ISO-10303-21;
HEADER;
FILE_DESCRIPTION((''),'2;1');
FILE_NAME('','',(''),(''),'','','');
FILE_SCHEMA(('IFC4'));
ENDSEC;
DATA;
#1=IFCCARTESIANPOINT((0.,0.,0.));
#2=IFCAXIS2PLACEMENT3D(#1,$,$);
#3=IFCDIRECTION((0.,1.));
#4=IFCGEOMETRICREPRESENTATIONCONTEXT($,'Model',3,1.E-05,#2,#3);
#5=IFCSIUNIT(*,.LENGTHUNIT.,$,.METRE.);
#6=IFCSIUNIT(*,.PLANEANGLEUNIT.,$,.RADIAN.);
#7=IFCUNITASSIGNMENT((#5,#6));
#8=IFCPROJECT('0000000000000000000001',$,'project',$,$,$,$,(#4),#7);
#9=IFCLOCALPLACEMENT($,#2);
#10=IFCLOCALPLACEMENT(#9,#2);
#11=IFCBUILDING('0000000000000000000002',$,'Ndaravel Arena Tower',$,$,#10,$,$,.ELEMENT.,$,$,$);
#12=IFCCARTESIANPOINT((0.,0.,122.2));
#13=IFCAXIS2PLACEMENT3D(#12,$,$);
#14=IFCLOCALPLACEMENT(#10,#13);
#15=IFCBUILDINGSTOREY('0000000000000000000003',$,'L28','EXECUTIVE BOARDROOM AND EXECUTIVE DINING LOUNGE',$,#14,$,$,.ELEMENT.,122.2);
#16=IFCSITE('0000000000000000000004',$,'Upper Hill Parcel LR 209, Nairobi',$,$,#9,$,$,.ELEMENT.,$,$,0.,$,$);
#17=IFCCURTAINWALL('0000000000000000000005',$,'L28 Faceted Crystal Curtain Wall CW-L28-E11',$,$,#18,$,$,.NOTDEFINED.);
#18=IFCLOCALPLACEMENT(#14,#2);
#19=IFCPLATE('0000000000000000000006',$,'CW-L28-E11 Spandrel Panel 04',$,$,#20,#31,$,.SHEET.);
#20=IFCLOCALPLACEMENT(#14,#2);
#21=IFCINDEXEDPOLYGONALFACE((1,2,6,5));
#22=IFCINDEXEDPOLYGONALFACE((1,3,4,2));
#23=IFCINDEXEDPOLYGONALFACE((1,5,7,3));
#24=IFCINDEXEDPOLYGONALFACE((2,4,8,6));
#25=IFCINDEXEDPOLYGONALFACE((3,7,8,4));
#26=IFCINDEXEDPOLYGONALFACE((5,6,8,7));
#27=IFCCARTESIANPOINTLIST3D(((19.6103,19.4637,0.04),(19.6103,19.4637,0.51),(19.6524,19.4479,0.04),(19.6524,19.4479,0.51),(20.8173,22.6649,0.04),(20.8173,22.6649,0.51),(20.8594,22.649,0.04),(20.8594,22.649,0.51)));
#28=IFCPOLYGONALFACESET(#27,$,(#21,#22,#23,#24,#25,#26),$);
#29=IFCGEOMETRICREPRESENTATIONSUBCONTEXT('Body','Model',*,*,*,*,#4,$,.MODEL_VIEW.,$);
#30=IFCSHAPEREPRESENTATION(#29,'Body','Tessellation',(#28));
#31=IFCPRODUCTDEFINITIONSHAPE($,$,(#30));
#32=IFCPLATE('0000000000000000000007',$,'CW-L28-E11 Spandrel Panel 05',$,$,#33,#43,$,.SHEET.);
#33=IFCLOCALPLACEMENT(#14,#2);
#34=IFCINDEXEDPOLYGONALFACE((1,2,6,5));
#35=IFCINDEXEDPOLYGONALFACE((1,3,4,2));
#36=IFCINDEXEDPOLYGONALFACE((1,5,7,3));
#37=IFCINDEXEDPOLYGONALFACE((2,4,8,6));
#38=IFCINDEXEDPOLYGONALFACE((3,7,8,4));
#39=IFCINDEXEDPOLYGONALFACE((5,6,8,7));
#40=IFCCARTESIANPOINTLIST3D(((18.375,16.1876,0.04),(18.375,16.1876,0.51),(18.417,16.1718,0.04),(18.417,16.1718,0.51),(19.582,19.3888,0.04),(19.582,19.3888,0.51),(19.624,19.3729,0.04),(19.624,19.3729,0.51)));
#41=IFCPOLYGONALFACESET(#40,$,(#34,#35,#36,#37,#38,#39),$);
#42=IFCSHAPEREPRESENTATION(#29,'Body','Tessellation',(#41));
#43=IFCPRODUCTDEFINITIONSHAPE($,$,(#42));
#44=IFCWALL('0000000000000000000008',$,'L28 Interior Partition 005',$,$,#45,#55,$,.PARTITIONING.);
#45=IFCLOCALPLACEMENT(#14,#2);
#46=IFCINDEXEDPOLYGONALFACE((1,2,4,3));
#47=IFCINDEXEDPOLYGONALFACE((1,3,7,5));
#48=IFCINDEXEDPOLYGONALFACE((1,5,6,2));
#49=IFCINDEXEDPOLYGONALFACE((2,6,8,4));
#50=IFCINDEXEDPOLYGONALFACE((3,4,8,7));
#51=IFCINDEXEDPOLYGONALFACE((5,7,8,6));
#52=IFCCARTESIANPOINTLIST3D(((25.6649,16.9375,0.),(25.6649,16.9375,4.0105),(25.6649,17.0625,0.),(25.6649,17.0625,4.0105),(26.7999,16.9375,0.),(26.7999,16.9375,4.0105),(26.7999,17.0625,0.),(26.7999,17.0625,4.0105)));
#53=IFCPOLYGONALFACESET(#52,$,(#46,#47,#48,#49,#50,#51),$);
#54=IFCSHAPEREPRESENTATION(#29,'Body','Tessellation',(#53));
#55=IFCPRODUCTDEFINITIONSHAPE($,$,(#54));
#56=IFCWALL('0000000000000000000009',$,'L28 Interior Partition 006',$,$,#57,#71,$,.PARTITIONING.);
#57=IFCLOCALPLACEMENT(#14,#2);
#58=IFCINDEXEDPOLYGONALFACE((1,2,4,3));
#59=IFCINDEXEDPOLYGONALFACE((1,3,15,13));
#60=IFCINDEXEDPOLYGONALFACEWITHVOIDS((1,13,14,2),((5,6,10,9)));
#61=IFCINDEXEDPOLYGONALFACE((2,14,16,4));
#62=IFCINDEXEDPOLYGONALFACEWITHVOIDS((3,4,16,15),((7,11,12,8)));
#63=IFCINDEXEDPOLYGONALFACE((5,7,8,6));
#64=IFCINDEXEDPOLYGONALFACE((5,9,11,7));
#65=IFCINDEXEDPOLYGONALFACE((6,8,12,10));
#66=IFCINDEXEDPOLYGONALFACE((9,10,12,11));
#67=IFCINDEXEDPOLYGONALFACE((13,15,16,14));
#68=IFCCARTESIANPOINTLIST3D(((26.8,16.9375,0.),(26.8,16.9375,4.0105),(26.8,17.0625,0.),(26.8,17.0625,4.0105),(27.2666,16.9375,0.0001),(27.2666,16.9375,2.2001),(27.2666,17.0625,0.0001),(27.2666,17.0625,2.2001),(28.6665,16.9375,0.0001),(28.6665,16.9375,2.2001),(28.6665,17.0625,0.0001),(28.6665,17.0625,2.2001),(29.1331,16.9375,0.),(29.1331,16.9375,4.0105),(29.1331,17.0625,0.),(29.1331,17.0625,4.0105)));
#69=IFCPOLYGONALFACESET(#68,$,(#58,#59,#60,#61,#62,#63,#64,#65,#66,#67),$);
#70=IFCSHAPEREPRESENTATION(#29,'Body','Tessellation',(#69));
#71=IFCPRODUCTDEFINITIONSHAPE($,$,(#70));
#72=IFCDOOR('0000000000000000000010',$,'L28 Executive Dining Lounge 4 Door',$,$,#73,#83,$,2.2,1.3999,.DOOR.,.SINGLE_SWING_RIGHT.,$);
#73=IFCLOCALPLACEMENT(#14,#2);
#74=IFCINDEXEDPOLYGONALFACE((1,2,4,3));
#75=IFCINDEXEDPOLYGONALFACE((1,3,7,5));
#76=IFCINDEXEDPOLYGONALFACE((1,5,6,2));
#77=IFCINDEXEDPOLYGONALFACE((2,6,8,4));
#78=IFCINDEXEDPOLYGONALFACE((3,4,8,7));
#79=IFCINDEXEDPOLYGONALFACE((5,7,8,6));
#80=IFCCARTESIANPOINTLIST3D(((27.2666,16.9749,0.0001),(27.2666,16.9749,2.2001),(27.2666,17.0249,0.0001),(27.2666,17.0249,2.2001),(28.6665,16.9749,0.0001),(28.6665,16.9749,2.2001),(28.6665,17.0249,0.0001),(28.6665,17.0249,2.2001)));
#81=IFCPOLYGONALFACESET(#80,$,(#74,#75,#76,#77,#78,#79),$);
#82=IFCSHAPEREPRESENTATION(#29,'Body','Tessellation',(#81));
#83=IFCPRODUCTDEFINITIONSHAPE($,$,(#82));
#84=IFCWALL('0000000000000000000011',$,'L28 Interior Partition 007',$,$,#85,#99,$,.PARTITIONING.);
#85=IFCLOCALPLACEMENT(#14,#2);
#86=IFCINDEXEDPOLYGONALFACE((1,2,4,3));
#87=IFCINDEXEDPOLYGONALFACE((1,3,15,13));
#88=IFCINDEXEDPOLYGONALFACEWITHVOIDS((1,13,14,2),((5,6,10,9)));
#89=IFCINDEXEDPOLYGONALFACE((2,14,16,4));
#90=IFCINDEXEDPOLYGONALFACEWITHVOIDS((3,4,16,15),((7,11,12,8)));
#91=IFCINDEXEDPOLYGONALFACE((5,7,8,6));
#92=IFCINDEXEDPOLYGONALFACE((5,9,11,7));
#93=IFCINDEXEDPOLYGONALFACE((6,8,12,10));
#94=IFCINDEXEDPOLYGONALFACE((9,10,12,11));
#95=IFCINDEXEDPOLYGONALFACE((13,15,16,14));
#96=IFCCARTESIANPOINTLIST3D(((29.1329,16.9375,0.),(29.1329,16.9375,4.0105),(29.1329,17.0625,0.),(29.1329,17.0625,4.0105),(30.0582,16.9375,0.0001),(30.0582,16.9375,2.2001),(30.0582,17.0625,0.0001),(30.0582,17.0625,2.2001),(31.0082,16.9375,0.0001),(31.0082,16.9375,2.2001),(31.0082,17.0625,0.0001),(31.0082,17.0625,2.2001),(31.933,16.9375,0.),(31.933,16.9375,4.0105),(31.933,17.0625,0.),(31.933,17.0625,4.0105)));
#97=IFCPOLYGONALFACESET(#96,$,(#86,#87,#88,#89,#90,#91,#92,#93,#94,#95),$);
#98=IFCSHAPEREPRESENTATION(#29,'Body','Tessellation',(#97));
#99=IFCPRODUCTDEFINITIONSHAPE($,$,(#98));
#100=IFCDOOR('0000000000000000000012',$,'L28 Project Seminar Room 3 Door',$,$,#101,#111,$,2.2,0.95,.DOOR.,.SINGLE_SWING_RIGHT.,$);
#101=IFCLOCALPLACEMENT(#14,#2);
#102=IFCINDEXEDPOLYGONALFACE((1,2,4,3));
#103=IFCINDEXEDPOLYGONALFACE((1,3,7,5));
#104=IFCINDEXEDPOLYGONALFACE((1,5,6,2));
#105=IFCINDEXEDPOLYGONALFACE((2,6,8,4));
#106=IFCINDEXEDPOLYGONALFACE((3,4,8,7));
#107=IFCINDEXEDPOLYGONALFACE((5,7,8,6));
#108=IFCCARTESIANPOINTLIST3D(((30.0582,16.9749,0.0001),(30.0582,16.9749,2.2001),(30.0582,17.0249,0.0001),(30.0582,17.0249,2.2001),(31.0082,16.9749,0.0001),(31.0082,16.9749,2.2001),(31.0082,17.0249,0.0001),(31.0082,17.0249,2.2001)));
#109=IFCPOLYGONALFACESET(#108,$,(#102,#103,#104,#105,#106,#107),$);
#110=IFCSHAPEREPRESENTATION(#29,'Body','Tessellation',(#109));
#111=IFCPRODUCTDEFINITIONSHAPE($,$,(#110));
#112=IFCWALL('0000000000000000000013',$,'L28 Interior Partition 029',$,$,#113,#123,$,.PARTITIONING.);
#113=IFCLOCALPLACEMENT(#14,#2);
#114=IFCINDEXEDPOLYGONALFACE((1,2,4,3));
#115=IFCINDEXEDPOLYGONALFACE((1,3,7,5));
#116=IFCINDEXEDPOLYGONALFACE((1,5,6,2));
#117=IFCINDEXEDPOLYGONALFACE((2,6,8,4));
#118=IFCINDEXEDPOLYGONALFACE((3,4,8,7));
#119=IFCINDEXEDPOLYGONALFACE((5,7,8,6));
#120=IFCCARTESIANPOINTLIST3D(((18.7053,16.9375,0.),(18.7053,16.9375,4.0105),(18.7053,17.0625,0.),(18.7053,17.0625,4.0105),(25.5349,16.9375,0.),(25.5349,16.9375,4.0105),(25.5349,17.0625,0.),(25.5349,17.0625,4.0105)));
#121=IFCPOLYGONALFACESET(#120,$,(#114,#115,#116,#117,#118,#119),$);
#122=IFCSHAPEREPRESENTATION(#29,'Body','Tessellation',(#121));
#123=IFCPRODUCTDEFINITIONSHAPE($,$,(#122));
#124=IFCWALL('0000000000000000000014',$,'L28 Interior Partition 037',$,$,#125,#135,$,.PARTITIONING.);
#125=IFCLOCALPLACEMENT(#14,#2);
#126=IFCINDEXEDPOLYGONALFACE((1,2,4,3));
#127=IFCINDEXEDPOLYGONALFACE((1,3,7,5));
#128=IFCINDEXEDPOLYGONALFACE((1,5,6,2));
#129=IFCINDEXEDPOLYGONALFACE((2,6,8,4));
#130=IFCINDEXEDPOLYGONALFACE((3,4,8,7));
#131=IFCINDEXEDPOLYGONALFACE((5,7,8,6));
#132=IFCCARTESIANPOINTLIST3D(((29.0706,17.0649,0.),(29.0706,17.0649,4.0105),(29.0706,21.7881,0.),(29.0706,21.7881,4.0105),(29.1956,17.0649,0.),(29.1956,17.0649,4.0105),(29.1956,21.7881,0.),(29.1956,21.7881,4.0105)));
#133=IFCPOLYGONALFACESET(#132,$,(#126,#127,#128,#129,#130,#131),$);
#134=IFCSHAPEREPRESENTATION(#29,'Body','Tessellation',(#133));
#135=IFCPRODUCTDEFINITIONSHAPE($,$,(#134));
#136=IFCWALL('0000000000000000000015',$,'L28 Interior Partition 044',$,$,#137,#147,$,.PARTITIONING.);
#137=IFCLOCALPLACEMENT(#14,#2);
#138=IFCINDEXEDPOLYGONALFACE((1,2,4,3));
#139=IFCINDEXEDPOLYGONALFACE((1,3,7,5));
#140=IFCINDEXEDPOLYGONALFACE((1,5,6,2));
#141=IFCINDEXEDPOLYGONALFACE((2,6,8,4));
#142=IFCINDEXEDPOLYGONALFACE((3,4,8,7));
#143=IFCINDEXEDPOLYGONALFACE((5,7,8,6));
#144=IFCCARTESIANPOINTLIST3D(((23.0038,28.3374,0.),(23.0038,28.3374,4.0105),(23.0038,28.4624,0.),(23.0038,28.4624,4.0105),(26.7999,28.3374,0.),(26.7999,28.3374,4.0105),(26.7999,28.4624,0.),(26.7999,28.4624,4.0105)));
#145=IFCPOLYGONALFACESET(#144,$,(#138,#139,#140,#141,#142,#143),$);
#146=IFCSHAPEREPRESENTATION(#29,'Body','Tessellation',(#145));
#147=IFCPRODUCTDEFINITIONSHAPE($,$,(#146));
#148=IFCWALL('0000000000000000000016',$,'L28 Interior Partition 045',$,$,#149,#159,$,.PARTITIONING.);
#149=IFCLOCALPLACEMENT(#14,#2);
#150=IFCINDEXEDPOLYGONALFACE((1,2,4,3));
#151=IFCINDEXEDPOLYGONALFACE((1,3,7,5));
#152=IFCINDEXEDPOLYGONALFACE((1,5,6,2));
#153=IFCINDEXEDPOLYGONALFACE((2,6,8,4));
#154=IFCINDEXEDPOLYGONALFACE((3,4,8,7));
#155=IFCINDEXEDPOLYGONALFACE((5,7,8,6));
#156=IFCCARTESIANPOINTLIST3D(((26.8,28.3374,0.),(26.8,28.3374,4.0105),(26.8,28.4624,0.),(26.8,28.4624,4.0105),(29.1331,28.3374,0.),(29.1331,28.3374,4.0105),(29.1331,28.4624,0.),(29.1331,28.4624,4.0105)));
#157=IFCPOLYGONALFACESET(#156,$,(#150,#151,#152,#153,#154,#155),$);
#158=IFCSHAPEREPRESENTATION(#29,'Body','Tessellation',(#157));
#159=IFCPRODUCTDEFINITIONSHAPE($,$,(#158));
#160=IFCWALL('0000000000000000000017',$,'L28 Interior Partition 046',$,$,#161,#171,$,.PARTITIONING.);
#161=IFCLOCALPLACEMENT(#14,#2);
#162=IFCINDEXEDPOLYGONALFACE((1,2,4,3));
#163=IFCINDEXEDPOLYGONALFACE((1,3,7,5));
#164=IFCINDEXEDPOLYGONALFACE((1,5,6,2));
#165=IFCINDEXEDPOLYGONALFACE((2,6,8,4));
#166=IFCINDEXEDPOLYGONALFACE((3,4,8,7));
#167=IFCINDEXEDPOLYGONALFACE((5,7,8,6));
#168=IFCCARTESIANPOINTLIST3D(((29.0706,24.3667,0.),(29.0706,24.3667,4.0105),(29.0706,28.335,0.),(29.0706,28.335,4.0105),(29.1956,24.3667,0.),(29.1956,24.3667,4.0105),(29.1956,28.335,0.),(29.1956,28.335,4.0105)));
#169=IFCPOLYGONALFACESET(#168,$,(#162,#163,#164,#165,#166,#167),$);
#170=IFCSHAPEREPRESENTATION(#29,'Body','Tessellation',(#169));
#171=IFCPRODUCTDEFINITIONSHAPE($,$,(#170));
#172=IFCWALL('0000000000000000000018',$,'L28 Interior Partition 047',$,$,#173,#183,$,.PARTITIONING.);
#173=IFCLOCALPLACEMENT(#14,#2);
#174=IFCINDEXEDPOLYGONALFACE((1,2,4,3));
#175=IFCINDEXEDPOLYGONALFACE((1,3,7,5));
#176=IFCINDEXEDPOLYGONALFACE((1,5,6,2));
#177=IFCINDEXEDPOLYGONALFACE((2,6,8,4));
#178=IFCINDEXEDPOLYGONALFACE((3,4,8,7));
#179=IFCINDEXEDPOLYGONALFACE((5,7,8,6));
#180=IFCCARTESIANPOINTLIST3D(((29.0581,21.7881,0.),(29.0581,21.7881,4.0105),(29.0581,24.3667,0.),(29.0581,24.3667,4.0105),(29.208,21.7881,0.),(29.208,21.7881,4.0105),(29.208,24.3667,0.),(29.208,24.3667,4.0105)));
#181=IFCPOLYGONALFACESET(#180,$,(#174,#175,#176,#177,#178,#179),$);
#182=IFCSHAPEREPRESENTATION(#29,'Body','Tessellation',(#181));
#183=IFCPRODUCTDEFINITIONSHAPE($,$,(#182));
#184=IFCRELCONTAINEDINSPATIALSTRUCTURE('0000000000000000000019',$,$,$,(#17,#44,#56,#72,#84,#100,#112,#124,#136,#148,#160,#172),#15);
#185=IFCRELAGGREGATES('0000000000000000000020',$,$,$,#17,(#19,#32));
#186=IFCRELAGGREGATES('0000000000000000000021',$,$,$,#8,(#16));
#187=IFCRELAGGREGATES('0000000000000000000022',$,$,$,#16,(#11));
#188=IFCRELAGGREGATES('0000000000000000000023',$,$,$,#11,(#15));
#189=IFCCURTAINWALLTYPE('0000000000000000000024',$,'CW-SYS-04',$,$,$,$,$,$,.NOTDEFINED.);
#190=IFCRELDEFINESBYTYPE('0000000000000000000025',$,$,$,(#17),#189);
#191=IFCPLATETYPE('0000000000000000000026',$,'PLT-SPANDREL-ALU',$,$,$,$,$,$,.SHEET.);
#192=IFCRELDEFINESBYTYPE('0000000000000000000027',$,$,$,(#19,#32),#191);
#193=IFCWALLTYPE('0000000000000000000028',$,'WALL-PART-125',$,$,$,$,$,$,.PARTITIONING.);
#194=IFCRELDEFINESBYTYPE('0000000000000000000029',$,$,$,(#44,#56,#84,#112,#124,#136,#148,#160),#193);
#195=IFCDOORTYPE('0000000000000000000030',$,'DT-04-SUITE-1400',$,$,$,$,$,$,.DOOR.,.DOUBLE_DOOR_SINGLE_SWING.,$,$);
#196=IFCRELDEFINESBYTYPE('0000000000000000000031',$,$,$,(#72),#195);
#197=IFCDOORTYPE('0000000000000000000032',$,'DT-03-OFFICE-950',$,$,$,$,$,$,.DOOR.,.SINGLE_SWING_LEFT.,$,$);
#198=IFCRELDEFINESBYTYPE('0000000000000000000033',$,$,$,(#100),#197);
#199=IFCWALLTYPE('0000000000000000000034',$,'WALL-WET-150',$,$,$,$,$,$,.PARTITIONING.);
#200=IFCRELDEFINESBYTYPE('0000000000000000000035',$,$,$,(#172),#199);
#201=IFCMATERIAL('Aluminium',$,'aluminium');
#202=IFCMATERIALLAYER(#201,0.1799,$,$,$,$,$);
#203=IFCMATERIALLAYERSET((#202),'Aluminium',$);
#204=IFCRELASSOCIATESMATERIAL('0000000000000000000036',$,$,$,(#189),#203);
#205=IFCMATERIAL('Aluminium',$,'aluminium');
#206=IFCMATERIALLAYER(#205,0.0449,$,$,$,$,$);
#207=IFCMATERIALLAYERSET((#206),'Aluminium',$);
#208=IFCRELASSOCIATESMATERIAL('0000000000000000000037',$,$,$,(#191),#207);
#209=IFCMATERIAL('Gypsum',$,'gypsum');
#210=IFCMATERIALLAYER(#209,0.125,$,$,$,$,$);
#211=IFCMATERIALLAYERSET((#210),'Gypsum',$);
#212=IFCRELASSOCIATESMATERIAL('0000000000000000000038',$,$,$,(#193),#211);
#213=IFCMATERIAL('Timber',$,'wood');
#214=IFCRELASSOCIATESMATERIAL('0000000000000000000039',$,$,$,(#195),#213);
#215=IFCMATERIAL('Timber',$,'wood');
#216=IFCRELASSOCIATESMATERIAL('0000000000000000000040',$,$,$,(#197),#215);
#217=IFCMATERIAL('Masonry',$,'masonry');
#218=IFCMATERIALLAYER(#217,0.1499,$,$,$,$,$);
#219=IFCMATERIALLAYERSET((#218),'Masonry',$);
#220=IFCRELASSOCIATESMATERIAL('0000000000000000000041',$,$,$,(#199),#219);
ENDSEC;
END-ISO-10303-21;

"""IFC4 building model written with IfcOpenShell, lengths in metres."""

from ifc_helpers import new_model, si_unit, direction, frame, frame_2d, origin, origin_2d, place, context, subcontext, project, spatial, rectangle, extrude, material, layer, layer_set, type_object, element, fill, aggregate, save


model = new_model("IFC4")

# Units and contexts
model_context = context("Model", 3, precision=1e-05, world=origin(), true_north=direction((0.0, 1.0)))
body_context = subcontext(model_context, "Body", "Model", "MODEL_VIEW")
ifc_project = project(units=[si_unit("LENGTHUNIT", "METRE"), si_unit("PLANEANGLEUNIT", "RADIAN")], contexts=[model_context])

# Site, building, storey
site_placement = place(None, origin())
site = spatial("IfcSite", under=ifc_project, at=site_placement, Name="Upper Hill Parcel LR 209, Nairobi", CompositionType="ELEMENT", RefElevation=0.0)
building_placement = place(site_placement, origin())
building = spatial("IfcBuilding", under=site, at=building_placement, Name="Ndaravel Arena Tower", CompositionType="ELEMENT")
storey_placement = place(building_placement, frame((0.0, 0.0, 122.2)))
storey = spatial("IfcBuildingStorey", under=building, at=storey_placement, Name="L28", Description="EXECUTIVE BOARDROOM AND EXECUTIVE DINING LOUNGE", CompositionType="ELEMENT", Elevation=122.2)

# Curtain wall
ifc_material_1 = material(Name="Aluminium", Category="aluminium")
ifc_layer_1 = layer(ifc_material_1, 0.1799)
ifc_layer_set_1 = layer_set([ifc_layer_1], Name="Aluminium")
curtain_wall_type = type_object("IfcCurtainWallType", Name="CW-SYS-04", PredefinedType="NOTDEFINED", material=ifc_layer_set_1)
curtain_wall_1_placement = place(storey_placement, origin())
curtain_wall_1 = element("IfcCurtainWall", 1, at=curtain_wall_1_placement, inside=storey, type_object=curtain_wall_type, Name="L28 Faceted Crystal Curtain Wall CW-L28-E11", PredefinedType="NOTDEFINED")

# Plates
ifc_material_2 = material(Name="Aluminium", Category="aluminium")
ifc_layer_2 = layer(ifc_material_2, 0.0449)
ifc_layer_set_2 = layer_set([ifc_layer_2], Name="Aluminium")
plate_type_1 = type_object("IfcPlateType", Name="PLT-SPANDREL-ALU", PredefinedType="SHEET", material=ifc_layer_set_2)
plate_1_placement = place(storey_placement, frame((20.2349, 21.0564, 0.04), z_axis=(0.0, 0.0, 1.0), x_axis=(-0.352805, -0.935697, 0.0)))
plate_1 = element("IfcPlate", 2, at=plate_1_placement, type_object=plate_type_1, Name="CW-L28-E11 Spandrel Panel 04", PredefinedType="SHEET", context=body_context, shape_type="SweptSolid", body=[
    extrude(rectangle(XDim=3.4211, YDim=0.0449, at=origin_2d()), origin(), (0.0, 0.0, 1.0), 0.47),
])
plate_2_placement = place(storey_placement, frame((18.9995, 17.7803, 0.04), z_axis=(0.0, 0.0, 1.0), x_axis=(-0.352805, -0.935697, 0.0)))
plate_2 = element("IfcPlate", 3, at=plate_2_placement, type_object=plate_type_1, Name="CW-L28-E11 Spandrel Panel 05", PredefinedType="SHEET", context=body_context, shape_type="SweptSolid", body=[
    extrude(rectangle(XDim=3.4211, YDim=0.0449, at=origin_2d()), origin(), (0.0, 0.0, 1.0), 0.47),
])
aggregate(curtain_wall_1, [plate_1, plate_2])

# Wall
ifc_material_3 = material(Name="Gypsum", Category="gypsum")
ifc_layer_3 = layer(ifc_material_3, 0.125)
ifc_layer_set_3 = layer_set([ifc_layer_3], Name="Gypsum")
wall_type_1 = type_object("IfcWallType", Name="WALL-PART-125", PredefinedType="PARTITIONING", material=ifc_layer_set_3)
wall_1_placement = place(storey_placement, frame((25.665, 17.0, 0.0), z_axis=(0.0, 0.0, 1.0), x_axis=(1.0, 0.0, 0.0)))
element("IfcWall", 4, at=wall_1_placement, inside=storey, type_object=wall_type_1, Name="L28 Interior Partition 005", PredefinedType="PARTITIONING", context=body_context, shape_type="SweptSolid", body=[
    extrude(rectangle(XDim=1.135, YDim=0.125, at=frame_2d((0.5674, 0.0))), origin(), (0.0, 0.0, 1.0), 4.0105),
])

# Walls, openings, doors
wall_2_placement = place(storey_placement, frame((26.8, 17.0, 0.0), z_axis=(0.0, 0.0, 1.0), x_axis=(1.0, 0.0, 0.0)))
wall_2 = element("IfcWall", 5, at=wall_2_placement, inside=storey, type_object=wall_type_1, Name="L28 Interior Partition 006", PredefinedType="PARTITIONING", context=body_context, shape_type="SweptSolid", body=[
    extrude(rectangle(XDim=2.333, YDim=0.125, at=frame_2d((1.1665, 0.0))), origin(), (0.0, 0.0, 1.0), 4.0105),
])
opening_1_placement = place(wall_2_placement, frame((0.4666, 0.0, 0.0)))
opening_1 = element("IfcOpeningElement", 6, at=opening_1_placement, cuts=wall_2, PredefinedType="OPENING", context=body_context, shape_type="SweptSolid", body=[
    extrude(rectangle(XDim=1.3999, YDim=2.2, at=frame_2d((0.7, 1.1001))), frame((0.0, 0.0625, 0.0), z_axis=(0.0, -1.0, 0.0), x_axis=(1.0, 0.0, 0.0)), (0.0, 0.0, 1.0), 0.125),
])
ifc_material_4 = material(Name="Timber", Category="wood")
door_type_1 = type_object("IfcDoorType", Name="DT-04-SUITE-1400", OperationType="DOUBLE_DOOR_SINGLE_SWING", PredefinedType="DOOR", material=ifc_material_4)
door_1_placement = place(opening_1_placement, origin())
door_1 = element("IfcDoor", 7, at=door_1_placement, inside=storey, type_object=door_type_1, Name="L28 Executive Dining Lounge 4 Door", OperationType="SINGLE_SWING_RIGHT", OverallHeight=2.2, OverallWidth=1.3999, PredefinedType="DOOR", context=body_context, shape_type="SweptSolid", body=[
    extrude(rectangle(XDim=1.3999, YDim=2.2, at=frame_2d((0.7, 1.1001))), frame((0.0, 0.0249, 0.0), z_axis=(0.0, -1.0, 0.0), x_axis=(1.0, 0.0, 0.0)), (0.0, 0.0, 1.0), 0.05),
])
fill(opening_1, door_1)
wall_3_placement = place(storey_placement, frame((29.1331, 17.0, 0.0), z_axis=(0.0, 0.0, 1.0), x_axis=(1.0, 0.0, 0.0)))
wall_3 = element("IfcWall", 8, at=wall_3_placement, inside=storey, type_object=wall_type_1, Name="L28 Interior Partition 007", PredefinedType="PARTITIONING", context=body_context, shape_type="SweptSolid", body=[
    extrude(rectangle(XDim=2.8, YDim=0.125, at=frame_2d((1.3999, 0.0))), origin(), (0.0, 0.0, 1.0), 4.0105),
])
opening_2_placement = place(wall_3_placement, frame((0.925, 0.0, 0.0)))
opening_2 = element("IfcOpeningElement", 9, at=opening_2_placement, cuts=wall_3, PredefinedType="OPENING", context=body_context, shape_type="SweptSolid", body=[
    extrude(rectangle(XDim=0.95, YDim=2.2, at=frame_2d((0.4751, 1.1001))), frame((0.0, 0.0625, 0.0), z_axis=(0.0, -1.0, 0.0), x_axis=(1.0, 0.0, 0.0)), (0.0, 0.0, 1.0), 0.125),
])
ifc_material_5 = material(Name="Timber", Category="wood")
door_type_2 = type_object("IfcDoorType", Name="DT-03-OFFICE-950", OperationType="SINGLE_SWING_LEFT", PredefinedType="DOOR", material=ifc_material_5)
door_2_placement = place(opening_2_placement, origin())
door_2 = element("IfcDoor", 10, at=door_2_placement, inside=storey, type_object=door_type_2, Name="L28 Project Seminar Room 3 Door", OperationType="SINGLE_SWING_RIGHT", OverallHeight=2.2, OverallWidth=0.95, PredefinedType="DOOR", context=body_context, shape_type="SweptSolid", body=[
    extrude(rectangle(XDim=0.95, YDim=2.2, at=frame_2d((0.4751, 1.1001))), frame((0.0, 0.0249, 0.0), z_axis=(0.0, -1.0, 0.0), x_axis=(1.0, 0.0, 0.0)), (0.0, 0.0, 1.0), 0.05),
])
fill(opening_2, door_2)

# Walls
wall_4_placement = place(storey_placement, frame((18.7053, 17.0, 0.0), z_axis=(0.0, 0.0, 1.0), x_axis=(1.0, 0.0, 0.0)))
element("IfcWall", 11, at=wall_4_placement, inside=storey, type_object=wall_type_1, Name="L28 Interior Partition 029", PredefinedType="PARTITIONING", context=body_context, shape_type="SweptSolid", body=[
    extrude(rectangle(XDim=6.8296, YDim=0.125, at=frame_2d((3.4148, 0.0))), origin(), (0.0, 0.0, 1.0), 4.0105),
])
wall_5_placement = place(storey_placement, frame((29.1331, 17.0649, 0.0), z_axis=(0.0, 0.0, 1.0), x_axis=(0.0, 1.0, 0.0)))
element("IfcWall", 12, at=wall_5_placement, inside=storey, type_object=wall_type_1, Name="L28 Interior Partition 037", PredefinedType="PARTITIONING", context=body_context, shape_type="SweptSolid", body=[
    extrude(rectangle(XDim=4.7231, YDim=0.125, at=frame_2d((2.3616, 0.0))), origin(), (0.0, 0.0, 1.0), 4.0105),
])
wall_6_placement = place(storey_placement, frame((23.0039, 28.3999, 0.0), z_axis=(0.0, 0.0, 1.0), x_axis=(1.0, 0.0, 0.0)))
element("IfcWall", 13, at=wall_6_placement, inside=storey, type_object=wall_type_1, Name="L28 Interior Partition 044", PredefinedType="PARTITIONING", context=body_context, shape_type="SweptSolid", body=[
    extrude(rectangle(XDim=3.7961, YDim=0.125, at=frame_2d((1.8979, 0.0))), origin(), (0.0, 0.0, 1.0), 4.0105),
])
wall_7_placement = place(storey_placement, frame((26.8, 28.3999, 0.0), z_axis=(0.0, 0.0, 1.0), x_axis=(1.0, 0.0, 0.0)))
element("IfcWall", 14, at=wall_7_placement, inside=storey, type_object=wall_type_1, Name="L28 Interior Partition 045", PredefinedType="PARTITIONING", context=body_context, shape_type="SweptSolid", body=[
    extrude(rectangle(XDim=2.333, YDim=0.125, at=frame_2d((1.1665, 0.0))), origin(), (0.0, 0.0, 1.0), 4.0105),
])
wall_8_placement = place(storey_placement, frame((29.1331, 28.335, 0.0), z_axis=(0.0, 0.0, 1.0), x_axis=(0.0, -1.0, 0.0)))
element("IfcWall", 15, at=wall_8_placement, inside=storey, type_object=wall_type_1, Name="L28 Interior Partition 046", PredefinedType="PARTITIONING", context=body_context, shape_type="SweptSolid", body=[
    extrude(rectangle(XDim=3.9683, YDim=0.125, at=frame_2d((1.9841, 0.0))), origin(), (0.0, 0.0, 1.0), 4.0105),
])
ifc_material_6 = material(Name="Masonry", Category="masonry")
ifc_layer_4 = layer(ifc_material_6, 0.1499)
ifc_layer_set_4 = layer_set([ifc_layer_4], Name="Masonry")
wall_type_2 = type_object("IfcWallType", Name="WALL-WET-150", PredefinedType="PARTITIONING", material=ifc_layer_set_4)
wall_9_placement = place(storey_placement, frame((29.1331, 24.3667, 0.0), z_axis=(0.0, 0.0, 1.0), x_axis=(0.0, -1.0, 0.0)))
element("IfcWall", 16, at=wall_9_placement, inside=storey, type_object=wall_type_2, Name="L28 Interior Partition 047", PredefinedType="PARTITIONING", context=body_context, shape_type="SweptSolid", body=[
    extrude(rectangle(XDim=2.5786, YDim=0.1499, at=frame_2d((1.2893, 0.0))), origin(), (0.0, 0.0, 1.0), 4.0105),
])

save(model, "model.ifc")
